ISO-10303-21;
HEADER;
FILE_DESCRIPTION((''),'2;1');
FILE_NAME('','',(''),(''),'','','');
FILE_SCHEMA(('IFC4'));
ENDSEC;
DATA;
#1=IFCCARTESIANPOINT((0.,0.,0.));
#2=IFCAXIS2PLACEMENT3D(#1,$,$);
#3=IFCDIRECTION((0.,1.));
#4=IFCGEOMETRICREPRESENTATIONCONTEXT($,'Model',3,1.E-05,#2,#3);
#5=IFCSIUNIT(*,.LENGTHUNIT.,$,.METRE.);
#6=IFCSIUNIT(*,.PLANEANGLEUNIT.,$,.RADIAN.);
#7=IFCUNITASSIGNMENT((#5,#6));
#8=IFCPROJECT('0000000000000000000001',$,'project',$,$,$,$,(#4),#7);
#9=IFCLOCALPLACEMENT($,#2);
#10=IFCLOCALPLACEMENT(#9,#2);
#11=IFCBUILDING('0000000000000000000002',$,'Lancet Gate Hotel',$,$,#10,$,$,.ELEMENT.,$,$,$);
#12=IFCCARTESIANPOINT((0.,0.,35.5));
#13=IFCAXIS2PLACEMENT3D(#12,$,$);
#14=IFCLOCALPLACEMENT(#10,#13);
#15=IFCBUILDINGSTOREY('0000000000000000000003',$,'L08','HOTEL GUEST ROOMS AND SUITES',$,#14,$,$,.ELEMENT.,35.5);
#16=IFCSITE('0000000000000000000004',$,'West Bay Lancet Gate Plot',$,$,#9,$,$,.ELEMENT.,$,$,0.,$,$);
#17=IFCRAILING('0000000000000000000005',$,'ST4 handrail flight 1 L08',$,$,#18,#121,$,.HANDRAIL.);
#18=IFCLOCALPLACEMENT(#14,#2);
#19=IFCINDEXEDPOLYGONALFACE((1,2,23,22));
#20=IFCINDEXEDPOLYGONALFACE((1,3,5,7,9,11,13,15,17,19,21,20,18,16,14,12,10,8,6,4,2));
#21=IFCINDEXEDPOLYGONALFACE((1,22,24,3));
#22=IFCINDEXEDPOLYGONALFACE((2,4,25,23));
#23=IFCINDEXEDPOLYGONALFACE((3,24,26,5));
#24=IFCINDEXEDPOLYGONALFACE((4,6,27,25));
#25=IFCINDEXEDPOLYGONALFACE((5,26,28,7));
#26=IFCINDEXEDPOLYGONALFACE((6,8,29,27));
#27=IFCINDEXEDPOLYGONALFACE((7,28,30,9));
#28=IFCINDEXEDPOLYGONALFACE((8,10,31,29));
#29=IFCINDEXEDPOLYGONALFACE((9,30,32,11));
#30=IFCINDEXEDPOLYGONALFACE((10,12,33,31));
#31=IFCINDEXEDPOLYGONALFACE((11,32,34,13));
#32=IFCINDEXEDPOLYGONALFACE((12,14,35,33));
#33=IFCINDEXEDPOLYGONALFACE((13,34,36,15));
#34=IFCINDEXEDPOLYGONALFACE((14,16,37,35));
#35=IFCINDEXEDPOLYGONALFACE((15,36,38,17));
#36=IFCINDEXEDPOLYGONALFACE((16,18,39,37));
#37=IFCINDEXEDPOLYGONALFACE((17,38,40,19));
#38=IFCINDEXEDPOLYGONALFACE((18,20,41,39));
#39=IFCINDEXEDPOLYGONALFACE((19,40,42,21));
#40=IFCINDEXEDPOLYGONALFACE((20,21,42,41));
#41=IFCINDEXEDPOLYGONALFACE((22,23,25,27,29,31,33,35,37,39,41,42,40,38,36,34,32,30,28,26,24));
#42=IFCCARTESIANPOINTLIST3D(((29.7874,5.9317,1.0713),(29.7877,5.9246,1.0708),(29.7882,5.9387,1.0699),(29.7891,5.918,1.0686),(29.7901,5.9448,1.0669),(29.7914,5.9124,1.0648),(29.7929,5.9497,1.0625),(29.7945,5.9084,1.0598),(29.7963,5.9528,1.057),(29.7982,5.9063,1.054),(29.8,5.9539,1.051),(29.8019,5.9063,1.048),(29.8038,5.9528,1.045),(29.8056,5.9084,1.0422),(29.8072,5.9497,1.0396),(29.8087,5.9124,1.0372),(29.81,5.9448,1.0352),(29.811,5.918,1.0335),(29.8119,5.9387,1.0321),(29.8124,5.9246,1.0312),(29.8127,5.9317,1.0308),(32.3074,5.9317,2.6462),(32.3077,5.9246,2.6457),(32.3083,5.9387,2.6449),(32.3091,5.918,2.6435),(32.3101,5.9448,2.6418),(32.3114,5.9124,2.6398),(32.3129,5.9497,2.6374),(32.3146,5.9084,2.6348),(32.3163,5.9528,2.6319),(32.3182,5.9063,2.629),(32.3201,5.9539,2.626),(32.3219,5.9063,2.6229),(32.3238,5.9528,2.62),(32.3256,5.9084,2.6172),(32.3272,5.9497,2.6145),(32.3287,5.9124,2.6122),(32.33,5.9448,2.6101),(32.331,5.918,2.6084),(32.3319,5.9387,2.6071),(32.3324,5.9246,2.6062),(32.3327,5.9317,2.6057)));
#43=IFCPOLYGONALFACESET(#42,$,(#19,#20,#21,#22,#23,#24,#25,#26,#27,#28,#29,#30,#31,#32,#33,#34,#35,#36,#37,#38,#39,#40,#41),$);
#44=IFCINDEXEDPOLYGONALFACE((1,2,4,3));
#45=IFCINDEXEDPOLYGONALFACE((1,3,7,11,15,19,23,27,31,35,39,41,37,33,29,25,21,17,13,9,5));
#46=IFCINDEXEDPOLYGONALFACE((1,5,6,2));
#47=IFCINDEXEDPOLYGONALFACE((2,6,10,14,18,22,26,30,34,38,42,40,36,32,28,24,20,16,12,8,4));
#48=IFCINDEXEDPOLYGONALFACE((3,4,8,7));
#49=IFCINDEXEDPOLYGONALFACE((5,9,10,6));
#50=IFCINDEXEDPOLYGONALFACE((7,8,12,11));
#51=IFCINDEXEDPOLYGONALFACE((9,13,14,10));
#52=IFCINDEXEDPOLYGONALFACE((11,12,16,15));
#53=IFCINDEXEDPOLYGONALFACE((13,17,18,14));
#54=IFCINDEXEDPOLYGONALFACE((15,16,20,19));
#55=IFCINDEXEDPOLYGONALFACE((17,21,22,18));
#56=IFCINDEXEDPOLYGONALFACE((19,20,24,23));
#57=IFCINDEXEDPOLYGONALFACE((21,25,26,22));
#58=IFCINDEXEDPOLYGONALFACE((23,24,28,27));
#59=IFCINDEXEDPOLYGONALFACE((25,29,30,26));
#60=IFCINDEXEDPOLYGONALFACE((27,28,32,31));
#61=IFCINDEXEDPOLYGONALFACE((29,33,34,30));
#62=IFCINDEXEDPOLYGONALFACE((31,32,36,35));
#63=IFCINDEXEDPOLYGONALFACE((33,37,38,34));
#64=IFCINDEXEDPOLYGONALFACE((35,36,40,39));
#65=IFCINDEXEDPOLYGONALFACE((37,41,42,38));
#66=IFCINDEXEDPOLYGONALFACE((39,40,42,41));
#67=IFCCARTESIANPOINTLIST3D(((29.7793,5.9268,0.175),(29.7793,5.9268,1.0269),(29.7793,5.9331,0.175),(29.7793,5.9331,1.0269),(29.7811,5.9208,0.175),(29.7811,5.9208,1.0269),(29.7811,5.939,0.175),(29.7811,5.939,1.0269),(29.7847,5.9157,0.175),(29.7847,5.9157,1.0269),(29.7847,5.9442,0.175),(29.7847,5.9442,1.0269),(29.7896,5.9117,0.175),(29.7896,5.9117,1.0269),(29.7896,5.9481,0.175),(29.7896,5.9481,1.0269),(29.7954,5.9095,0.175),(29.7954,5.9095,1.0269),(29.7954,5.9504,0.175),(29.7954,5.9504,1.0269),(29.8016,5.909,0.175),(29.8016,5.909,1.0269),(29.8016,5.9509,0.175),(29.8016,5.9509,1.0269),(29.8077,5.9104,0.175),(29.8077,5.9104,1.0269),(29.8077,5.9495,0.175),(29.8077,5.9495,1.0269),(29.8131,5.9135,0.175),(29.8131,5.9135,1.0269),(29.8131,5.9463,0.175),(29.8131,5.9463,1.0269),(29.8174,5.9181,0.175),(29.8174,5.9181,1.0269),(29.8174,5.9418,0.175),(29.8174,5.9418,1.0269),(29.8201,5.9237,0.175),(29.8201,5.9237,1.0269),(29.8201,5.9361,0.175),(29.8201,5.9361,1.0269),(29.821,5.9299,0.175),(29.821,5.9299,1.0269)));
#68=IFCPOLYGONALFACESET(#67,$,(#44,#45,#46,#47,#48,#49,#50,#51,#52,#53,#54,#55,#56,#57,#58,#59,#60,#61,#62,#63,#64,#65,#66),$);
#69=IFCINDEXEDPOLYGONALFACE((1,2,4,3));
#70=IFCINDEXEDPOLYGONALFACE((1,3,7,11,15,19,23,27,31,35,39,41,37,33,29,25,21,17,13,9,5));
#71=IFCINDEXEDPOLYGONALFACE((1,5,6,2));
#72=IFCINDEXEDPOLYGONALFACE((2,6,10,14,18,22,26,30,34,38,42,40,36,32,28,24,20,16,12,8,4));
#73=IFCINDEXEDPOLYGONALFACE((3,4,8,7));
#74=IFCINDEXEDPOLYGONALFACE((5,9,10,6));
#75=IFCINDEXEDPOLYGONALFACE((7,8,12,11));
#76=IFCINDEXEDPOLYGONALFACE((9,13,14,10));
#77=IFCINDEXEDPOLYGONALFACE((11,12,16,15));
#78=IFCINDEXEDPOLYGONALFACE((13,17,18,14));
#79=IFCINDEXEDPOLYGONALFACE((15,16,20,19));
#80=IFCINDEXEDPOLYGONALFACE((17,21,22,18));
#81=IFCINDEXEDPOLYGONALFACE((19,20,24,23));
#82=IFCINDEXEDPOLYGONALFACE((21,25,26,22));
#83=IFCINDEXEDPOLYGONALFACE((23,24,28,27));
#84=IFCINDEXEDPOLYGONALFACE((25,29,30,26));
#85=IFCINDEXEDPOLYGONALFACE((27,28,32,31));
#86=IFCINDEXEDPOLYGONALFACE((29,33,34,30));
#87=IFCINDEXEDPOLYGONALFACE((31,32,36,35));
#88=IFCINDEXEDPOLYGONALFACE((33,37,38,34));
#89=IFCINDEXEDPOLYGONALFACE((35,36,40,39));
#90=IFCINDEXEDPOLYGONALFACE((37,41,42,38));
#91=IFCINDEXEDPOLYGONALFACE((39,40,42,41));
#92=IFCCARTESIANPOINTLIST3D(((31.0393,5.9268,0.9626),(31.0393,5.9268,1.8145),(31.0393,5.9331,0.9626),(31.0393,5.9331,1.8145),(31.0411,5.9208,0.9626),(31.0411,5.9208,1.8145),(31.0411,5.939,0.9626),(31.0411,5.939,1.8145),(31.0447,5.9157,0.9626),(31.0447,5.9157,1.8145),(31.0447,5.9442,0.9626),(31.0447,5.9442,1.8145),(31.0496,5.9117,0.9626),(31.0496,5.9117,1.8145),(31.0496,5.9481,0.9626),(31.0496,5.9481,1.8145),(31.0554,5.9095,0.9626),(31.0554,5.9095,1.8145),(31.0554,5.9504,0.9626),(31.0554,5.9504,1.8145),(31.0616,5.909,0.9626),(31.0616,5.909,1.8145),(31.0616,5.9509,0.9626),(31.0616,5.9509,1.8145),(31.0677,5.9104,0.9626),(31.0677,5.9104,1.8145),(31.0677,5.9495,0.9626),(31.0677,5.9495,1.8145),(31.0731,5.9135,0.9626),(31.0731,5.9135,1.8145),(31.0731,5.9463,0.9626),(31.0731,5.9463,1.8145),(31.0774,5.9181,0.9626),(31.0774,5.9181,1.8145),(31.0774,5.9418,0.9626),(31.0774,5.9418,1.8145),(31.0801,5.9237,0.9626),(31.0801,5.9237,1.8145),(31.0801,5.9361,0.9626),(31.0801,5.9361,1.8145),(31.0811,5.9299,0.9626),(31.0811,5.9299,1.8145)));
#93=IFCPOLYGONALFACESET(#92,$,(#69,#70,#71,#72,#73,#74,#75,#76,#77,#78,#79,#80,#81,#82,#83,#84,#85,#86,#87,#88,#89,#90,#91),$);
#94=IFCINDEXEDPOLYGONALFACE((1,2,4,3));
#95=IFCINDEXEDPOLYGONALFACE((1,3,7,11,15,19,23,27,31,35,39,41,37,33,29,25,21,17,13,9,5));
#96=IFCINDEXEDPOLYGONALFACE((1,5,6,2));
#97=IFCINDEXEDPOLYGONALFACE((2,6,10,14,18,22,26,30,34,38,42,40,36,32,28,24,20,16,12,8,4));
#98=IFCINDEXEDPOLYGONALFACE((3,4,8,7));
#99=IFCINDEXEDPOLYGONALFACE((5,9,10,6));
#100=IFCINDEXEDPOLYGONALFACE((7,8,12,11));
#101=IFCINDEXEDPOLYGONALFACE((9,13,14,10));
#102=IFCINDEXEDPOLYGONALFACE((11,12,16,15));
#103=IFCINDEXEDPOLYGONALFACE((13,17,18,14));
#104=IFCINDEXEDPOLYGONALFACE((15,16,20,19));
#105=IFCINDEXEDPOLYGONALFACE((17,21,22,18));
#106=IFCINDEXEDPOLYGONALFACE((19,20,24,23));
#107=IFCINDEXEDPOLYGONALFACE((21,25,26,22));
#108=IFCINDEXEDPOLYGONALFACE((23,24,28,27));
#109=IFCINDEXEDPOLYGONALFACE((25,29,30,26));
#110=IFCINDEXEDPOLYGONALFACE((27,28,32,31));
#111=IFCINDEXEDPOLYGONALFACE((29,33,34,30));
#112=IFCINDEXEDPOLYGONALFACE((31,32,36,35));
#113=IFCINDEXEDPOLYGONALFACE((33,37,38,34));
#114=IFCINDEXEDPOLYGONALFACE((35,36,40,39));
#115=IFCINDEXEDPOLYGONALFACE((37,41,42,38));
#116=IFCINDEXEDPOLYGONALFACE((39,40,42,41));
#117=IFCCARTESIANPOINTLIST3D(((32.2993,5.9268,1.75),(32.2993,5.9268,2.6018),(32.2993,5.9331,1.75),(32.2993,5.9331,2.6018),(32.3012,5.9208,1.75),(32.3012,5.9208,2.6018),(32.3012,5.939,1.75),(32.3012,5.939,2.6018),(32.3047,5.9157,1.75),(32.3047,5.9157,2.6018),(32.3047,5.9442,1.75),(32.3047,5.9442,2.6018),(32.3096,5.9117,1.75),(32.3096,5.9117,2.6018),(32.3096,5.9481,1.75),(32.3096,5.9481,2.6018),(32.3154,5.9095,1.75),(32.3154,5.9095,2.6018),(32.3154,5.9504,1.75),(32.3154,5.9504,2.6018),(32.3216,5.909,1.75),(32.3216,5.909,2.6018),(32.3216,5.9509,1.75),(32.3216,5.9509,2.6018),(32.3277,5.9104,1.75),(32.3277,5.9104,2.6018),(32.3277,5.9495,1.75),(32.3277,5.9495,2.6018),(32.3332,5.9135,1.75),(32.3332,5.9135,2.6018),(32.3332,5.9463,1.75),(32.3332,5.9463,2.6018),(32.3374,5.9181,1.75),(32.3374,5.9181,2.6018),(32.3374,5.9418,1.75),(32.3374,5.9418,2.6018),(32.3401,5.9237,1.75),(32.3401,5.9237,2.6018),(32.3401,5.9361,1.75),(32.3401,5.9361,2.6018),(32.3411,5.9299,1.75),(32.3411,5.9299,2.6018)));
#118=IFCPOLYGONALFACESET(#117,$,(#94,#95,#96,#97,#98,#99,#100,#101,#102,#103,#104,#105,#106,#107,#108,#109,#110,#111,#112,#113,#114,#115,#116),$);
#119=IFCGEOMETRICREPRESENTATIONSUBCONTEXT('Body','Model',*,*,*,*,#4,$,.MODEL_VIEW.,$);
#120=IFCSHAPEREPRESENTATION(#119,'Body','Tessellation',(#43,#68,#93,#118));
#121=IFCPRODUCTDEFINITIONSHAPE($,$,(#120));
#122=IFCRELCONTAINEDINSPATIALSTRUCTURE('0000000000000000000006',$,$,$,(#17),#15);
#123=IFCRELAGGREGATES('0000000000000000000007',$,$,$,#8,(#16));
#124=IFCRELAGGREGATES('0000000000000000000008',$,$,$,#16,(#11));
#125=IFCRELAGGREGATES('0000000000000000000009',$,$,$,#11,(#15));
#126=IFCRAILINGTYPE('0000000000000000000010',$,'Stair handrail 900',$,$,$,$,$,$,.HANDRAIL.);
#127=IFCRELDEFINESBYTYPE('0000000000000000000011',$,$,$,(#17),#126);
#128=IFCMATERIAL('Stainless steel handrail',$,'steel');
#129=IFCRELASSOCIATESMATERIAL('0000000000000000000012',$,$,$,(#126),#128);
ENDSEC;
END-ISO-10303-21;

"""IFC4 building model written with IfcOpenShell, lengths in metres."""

from ifc_helpers import new_model, si_unit, direction, frame, origin, origin_2d, place, context, subcontext, project, spatial, circle, extrude, material, type_object, element, save


model = new_model("IFC4")

# Units and contexts
model_context = context("Model", 3, precision=1e-05, world=origin(), true_north=direction((0.0, 1.0)))
body_context = subcontext(model_context, "Body", "Model", "MODEL_VIEW")
ifc_project = project(units=[si_unit("LENGTHUNIT", "METRE"), si_unit("PLANEANGLEUNIT", "RADIAN")], contexts=[model_context])

# Site, building, storey
site_placement = place(None, origin())
site = spatial("IfcSite", under=ifc_project, at=site_placement, Name="West Bay Lancet Gate Plot", CompositionType="ELEMENT", RefElevation=0.0)
building_placement = place(site_placement, origin())
building = spatial("IfcBuilding", under=site, at=building_placement, Name="Lancet Gate Hotel", CompositionType="ELEMENT")
storey_placement = place(building_placement, frame((0.0, 0.0, 35.5)))
storey = spatial("IfcBuildingStorey", under=building, at=storey_placement, Name="L08", Description="HOTEL GUEST ROOMS AND SUITES", CompositionType="ELEMENT", Elevation=35.5)

# Railing
ifc_material_1 = material(Name="Stainless steel handrail", Category="steel")
railing_type = type_object("IfcRailingType", Name="Stair handrail 900", PredefinedType="HANDRAIL", material=ifc_material_1)
railing_1_placement = place(storey_placement, frame((29.8, 5.9299, 0.175)))
element("IfcRailing", 1, at=railing_1_placement, inside=storey, type_object=railing_type, Name="ST4 handrail flight 1 L08", PredefinedType="HANDRAIL", context=body_context, shape_type="SweptSolid", body=[
    extrude(circle(Radius=0.0239, at=origin_2d()), frame((0.0, 0.0, 0.876), z_axis=(0.848008, 0.0, 0.529984), x_axis=(0.0, 1.0, 0.0)), (0.0, 0.0, 1.0), 2.9717),
    extrude(circle(Radius=0.021, at=origin_2d()), origin(), (0.0, 0.0, 1.0), 0.8518),
    extrude(circle(Radius=0.021, at=origin_2d()), frame((1.26, 0.0, 0.7876)), (0.0, 0.0, 1.0), 0.8518),
    extrude(circle(Radius=0.021, at=origin_2d()), frame((2.52, 0.0, 1.575)), (0.0, 0.0, 1.0), 0.8518),
])

save(model, "model.ifc")
